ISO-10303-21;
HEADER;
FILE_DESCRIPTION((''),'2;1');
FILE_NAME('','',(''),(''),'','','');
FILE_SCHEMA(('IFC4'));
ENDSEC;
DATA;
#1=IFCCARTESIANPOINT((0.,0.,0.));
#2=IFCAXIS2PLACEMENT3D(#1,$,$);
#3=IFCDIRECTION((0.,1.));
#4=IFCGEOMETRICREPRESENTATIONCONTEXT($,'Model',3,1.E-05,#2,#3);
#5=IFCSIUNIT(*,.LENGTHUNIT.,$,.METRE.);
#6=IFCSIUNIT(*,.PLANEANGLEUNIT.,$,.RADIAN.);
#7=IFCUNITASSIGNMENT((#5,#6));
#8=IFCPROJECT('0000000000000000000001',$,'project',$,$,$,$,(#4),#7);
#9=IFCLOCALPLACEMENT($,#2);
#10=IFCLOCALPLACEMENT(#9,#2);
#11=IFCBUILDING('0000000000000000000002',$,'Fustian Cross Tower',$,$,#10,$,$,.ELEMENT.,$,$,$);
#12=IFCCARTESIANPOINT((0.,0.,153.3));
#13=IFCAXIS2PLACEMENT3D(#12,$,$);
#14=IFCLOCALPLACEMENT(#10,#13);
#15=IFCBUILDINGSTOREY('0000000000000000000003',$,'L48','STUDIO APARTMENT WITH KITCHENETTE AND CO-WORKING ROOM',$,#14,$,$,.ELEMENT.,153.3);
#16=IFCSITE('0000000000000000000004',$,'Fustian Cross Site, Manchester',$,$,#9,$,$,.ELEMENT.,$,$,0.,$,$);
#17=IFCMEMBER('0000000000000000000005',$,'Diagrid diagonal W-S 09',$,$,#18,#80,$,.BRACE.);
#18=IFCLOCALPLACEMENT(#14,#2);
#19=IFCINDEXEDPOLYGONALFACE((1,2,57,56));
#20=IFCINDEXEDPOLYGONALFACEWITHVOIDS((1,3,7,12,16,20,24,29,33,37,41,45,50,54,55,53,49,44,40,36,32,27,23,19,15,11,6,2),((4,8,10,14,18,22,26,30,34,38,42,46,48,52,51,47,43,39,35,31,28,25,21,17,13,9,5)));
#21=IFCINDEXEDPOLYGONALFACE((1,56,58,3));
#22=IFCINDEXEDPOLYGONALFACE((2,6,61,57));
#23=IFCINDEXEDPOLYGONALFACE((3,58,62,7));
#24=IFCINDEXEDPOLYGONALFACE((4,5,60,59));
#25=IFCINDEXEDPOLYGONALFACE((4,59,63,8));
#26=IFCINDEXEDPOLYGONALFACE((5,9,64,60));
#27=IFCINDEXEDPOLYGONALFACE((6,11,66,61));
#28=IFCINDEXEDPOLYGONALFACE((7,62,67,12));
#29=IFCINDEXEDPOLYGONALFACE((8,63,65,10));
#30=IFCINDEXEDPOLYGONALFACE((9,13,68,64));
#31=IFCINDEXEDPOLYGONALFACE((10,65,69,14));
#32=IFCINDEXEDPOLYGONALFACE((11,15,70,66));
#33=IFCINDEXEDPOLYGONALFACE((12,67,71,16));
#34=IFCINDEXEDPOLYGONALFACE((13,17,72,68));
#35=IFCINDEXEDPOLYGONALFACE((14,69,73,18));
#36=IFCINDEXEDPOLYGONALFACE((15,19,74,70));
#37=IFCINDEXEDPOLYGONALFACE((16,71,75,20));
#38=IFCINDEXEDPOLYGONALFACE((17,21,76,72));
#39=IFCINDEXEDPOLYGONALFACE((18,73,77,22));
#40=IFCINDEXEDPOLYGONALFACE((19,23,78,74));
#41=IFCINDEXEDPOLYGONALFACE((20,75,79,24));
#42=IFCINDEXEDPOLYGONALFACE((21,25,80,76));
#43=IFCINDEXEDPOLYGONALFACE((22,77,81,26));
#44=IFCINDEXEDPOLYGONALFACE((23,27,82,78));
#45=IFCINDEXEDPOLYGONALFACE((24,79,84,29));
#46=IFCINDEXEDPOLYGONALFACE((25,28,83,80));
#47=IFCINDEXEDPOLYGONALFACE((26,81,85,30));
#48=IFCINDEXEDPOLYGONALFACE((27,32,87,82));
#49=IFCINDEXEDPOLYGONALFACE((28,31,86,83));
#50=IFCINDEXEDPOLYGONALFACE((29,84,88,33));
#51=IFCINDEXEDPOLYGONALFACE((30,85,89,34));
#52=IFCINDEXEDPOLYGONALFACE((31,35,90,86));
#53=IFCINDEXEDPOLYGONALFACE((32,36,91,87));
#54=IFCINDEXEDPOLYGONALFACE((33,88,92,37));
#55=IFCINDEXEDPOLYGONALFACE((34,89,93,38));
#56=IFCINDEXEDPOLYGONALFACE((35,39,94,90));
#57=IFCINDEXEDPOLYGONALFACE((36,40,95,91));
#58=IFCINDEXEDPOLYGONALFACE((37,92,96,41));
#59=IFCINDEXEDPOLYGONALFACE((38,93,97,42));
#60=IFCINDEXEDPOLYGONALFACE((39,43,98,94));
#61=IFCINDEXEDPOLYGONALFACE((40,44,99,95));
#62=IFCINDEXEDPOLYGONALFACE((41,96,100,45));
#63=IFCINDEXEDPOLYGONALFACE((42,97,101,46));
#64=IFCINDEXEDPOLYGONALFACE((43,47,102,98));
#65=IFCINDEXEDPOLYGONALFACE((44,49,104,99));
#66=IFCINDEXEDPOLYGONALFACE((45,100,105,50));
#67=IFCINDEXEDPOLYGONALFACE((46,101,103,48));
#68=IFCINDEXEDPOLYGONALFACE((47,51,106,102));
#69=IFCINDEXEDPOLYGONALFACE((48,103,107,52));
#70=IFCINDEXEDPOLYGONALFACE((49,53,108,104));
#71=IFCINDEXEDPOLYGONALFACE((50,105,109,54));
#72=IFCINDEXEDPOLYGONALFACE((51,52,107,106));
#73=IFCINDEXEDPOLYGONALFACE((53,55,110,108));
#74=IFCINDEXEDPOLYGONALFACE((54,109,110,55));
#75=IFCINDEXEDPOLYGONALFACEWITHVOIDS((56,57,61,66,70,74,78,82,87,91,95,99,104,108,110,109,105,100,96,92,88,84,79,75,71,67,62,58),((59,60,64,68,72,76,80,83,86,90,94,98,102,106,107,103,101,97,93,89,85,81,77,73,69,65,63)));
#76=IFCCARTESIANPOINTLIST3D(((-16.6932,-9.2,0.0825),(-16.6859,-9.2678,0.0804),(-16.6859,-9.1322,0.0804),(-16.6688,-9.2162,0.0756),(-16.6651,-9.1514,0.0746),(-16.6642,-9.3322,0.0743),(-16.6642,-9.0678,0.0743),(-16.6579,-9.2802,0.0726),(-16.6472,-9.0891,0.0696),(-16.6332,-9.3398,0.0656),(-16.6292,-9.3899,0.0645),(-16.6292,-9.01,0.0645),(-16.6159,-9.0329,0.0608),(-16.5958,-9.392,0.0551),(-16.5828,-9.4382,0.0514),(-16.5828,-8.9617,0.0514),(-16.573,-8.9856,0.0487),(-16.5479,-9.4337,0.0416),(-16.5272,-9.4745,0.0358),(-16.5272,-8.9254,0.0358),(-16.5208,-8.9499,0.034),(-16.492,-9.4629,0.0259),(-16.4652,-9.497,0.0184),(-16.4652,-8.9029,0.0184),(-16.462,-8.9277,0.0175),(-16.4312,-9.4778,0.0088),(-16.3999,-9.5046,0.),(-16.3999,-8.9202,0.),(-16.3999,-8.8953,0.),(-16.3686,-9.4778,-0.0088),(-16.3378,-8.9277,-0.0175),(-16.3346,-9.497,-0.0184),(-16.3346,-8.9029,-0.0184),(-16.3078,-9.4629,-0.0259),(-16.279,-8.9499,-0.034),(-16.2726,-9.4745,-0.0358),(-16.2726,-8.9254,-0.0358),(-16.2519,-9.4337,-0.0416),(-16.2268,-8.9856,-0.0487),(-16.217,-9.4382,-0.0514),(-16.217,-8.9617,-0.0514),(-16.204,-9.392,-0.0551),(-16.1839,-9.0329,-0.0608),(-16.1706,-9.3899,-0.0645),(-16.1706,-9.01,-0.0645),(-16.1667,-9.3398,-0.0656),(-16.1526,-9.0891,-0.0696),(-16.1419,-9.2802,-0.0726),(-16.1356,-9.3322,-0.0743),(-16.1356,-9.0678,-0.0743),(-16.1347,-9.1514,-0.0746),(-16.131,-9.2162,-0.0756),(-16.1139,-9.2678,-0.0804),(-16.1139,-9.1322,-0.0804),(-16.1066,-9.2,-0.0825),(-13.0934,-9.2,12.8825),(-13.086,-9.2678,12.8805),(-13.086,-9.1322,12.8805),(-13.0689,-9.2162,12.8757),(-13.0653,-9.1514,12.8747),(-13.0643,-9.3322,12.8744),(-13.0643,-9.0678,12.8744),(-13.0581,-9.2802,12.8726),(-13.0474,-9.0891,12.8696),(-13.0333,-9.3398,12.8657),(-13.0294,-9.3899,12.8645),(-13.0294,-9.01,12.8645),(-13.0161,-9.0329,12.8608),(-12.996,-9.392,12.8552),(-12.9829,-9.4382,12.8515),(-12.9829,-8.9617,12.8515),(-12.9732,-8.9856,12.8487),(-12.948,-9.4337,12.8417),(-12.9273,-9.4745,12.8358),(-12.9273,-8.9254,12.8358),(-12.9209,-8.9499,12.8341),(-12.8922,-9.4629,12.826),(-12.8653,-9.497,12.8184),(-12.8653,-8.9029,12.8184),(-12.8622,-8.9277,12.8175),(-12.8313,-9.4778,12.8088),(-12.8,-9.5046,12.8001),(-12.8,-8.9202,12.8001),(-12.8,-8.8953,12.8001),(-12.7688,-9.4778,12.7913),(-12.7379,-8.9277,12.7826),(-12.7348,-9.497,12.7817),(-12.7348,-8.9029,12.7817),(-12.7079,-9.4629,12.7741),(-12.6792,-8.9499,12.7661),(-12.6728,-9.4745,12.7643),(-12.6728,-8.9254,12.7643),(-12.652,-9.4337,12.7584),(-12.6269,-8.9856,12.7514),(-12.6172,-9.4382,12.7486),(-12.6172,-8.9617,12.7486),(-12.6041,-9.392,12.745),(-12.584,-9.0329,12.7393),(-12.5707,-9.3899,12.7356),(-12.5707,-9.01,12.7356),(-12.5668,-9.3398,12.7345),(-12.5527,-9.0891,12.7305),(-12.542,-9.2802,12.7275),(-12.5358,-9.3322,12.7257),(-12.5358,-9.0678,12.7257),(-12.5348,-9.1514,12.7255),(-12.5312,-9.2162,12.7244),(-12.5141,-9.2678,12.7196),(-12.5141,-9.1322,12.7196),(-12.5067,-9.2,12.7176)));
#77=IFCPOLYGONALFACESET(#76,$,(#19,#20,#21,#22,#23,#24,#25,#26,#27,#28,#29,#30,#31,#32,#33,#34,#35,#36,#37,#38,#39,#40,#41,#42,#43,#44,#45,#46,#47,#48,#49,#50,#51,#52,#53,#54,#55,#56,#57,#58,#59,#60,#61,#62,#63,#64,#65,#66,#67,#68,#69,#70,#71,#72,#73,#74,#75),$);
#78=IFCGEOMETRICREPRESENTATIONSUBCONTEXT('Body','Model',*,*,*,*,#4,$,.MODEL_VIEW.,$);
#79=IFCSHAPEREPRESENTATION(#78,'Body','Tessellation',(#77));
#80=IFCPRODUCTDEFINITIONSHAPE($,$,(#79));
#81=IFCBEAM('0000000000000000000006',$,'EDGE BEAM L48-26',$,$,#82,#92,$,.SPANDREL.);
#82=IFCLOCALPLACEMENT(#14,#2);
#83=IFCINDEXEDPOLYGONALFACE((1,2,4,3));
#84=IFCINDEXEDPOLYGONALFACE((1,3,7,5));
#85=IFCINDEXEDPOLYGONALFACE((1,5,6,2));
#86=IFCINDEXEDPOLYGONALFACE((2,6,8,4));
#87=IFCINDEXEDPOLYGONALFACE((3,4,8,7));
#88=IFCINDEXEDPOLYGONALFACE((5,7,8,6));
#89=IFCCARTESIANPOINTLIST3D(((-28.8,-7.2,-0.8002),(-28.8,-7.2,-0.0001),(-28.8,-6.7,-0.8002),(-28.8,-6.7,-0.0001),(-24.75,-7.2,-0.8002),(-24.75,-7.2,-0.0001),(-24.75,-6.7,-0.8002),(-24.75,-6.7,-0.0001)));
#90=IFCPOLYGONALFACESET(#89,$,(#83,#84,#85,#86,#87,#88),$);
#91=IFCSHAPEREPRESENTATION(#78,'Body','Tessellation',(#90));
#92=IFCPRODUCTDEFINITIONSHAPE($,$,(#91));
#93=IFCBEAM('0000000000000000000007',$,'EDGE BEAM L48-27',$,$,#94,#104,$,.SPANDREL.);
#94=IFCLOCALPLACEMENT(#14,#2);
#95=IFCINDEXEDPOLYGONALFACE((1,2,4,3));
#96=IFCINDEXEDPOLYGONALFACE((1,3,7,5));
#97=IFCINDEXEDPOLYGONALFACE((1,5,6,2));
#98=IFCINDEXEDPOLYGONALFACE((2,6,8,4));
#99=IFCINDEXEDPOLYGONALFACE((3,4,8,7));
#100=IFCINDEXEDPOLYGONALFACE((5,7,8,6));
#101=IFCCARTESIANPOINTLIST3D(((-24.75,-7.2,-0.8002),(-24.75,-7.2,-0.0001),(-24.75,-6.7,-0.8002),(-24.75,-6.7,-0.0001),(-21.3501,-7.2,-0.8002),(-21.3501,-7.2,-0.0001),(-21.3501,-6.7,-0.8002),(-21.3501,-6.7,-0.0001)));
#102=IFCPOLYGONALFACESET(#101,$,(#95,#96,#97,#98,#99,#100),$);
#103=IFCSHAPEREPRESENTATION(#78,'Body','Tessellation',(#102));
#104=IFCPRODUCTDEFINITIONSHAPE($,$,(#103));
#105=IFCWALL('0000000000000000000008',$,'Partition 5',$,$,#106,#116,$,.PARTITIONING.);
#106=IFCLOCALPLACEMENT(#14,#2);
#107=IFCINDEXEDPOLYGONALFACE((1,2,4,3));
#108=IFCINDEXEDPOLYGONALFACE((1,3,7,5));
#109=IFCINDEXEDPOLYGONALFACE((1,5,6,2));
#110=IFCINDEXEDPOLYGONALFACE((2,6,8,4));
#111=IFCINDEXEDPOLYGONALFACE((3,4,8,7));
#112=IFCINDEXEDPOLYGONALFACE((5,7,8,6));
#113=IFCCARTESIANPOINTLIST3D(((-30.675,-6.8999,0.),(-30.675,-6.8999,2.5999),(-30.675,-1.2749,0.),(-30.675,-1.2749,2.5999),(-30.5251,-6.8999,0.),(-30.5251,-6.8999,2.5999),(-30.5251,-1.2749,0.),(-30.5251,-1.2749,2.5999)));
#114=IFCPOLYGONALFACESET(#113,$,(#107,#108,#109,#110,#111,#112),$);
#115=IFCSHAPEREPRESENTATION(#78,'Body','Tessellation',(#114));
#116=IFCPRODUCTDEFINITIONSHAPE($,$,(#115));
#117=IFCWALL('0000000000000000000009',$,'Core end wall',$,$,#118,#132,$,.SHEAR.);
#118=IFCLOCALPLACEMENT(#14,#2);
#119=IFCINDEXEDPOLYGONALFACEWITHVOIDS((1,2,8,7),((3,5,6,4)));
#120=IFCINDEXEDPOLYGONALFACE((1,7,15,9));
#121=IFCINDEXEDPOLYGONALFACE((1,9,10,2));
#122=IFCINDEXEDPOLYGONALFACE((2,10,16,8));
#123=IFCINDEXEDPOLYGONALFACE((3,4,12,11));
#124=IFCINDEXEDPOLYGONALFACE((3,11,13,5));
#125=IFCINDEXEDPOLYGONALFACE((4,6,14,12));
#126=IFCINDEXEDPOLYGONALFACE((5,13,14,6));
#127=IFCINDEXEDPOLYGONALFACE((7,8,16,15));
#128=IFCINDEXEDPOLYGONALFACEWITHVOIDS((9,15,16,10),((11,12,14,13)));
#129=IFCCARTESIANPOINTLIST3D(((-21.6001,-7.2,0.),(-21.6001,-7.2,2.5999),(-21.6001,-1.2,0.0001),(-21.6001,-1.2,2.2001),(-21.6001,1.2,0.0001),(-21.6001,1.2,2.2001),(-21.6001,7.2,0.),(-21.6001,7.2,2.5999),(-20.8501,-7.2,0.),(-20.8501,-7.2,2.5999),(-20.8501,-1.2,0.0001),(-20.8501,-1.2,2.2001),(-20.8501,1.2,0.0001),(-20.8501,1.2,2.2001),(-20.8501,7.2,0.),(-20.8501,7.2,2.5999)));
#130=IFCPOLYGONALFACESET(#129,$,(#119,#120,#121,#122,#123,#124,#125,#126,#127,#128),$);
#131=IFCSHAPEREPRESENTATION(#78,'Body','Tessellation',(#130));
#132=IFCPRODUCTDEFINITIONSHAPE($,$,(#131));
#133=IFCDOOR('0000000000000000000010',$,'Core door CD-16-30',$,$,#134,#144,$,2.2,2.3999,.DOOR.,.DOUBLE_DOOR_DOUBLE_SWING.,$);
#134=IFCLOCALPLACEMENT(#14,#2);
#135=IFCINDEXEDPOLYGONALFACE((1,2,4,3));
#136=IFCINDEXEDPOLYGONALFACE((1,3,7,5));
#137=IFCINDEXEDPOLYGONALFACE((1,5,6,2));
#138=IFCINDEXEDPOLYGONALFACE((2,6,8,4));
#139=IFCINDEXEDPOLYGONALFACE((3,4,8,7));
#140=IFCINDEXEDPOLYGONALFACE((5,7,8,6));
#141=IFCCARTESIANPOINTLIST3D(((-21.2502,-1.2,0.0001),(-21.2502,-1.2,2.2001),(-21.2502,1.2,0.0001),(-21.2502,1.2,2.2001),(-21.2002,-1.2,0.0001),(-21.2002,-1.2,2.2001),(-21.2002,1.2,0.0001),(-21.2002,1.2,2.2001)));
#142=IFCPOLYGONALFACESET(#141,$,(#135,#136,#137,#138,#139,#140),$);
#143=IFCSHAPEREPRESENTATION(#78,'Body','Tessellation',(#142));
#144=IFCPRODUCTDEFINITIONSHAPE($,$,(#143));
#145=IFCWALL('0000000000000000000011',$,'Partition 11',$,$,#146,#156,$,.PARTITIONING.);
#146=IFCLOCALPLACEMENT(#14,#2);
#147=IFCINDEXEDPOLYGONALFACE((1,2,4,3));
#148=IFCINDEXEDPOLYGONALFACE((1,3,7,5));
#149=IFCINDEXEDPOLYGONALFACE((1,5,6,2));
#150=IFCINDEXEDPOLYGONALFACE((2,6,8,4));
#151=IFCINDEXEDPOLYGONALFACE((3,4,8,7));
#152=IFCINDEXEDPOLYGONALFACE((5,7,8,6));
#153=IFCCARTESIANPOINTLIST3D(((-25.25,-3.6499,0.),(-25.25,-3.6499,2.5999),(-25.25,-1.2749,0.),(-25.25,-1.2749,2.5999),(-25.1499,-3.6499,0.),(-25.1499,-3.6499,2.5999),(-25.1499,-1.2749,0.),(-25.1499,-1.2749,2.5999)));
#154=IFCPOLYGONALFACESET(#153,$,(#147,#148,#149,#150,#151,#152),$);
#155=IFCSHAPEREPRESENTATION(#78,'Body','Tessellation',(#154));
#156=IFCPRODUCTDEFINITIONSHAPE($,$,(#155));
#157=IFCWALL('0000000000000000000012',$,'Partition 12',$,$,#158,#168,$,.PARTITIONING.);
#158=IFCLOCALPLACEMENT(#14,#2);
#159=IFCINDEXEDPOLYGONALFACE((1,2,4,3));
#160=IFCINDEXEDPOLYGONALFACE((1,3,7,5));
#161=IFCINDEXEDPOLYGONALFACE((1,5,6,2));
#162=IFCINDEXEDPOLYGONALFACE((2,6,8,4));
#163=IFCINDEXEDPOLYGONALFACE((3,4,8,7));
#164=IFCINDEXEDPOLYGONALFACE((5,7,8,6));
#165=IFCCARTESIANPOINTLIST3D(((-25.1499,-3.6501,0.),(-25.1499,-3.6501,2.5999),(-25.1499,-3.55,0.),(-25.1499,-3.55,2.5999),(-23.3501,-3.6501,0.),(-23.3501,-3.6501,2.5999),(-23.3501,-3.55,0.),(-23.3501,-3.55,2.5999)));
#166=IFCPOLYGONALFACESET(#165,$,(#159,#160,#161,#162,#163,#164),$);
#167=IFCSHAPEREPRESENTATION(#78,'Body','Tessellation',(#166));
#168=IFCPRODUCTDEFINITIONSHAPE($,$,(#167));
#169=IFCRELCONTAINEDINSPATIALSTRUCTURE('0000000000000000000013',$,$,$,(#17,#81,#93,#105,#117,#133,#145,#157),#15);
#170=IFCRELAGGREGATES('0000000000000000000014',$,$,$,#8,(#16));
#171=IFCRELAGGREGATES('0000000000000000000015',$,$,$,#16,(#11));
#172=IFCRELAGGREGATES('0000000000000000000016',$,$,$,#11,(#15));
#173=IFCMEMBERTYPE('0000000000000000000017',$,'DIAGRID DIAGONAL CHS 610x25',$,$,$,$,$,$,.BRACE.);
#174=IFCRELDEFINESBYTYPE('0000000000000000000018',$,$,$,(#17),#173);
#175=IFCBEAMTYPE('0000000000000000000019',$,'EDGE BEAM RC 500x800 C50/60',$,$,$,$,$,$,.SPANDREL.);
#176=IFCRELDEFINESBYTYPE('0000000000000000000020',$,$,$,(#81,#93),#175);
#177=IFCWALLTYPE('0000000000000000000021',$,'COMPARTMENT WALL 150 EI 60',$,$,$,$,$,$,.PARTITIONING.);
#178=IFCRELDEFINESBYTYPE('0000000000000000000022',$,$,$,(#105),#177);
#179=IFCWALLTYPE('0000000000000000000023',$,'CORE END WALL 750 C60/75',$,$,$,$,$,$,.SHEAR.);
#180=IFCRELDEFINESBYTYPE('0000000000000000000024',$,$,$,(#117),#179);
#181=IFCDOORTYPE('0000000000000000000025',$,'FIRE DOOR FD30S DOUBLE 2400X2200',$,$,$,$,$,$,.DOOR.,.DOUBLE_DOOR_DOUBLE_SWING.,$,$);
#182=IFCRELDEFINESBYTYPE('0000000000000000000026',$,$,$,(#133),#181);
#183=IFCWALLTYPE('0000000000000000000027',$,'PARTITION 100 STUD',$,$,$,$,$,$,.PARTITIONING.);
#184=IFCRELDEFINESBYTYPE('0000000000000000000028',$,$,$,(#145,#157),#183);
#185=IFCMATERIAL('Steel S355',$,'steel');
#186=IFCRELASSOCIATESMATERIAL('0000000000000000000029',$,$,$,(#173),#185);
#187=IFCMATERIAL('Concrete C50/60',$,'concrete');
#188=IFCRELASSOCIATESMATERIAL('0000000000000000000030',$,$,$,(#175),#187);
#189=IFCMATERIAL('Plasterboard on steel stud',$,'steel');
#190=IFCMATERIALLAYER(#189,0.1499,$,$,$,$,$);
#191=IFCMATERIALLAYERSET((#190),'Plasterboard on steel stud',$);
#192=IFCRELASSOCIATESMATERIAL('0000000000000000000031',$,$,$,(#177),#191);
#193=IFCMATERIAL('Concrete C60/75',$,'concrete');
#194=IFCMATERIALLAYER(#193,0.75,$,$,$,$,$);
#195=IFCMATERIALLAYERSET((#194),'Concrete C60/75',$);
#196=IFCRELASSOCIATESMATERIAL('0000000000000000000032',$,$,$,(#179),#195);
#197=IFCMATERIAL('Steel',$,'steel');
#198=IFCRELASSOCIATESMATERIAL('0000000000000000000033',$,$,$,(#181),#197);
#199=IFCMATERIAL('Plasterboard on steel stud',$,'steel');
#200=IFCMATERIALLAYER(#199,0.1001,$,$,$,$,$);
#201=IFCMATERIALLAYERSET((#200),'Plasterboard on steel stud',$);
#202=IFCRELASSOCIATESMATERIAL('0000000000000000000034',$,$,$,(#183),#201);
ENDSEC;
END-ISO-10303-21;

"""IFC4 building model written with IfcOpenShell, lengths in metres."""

from ifc_helpers import new_model, si_unit, direction, frame, frame_2d, origin, origin_2d, place, context, subcontext, project, spatial, rectangle, hollow_circle, extrude, material, layer, layer_set, material_profile, profile_set, type_object, element, fill, save


model = new_model("IFC4")

# Units and contexts
model_context = context("Model", 3, precision=1e-05, world=origin(), true_north=direction((0.0, 1.0)))
body_context = subcontext(model_context, "Body", "Model", "MODEL_VIEW")
ifc_project = project(units=[si_unit("LENGTHUNIT", "METRE"), si_unit("PLANEANGLEUNIT", "RADIAN")], contexts=[model_context])

# Site, building, storey
site_placement = place(None, origin())
site = spatial("IfcSite", under=ifc_project, at=site_placement, Name="Fustian Cross Site, Manchester", CompositionType="ELEMENT", RefElevation=0.0)
building_placement = place(site_placement, origin())
building = spatial("IfcBuilding", under=site, at=building_placement, Name="Fustian Cross Tower", CompositionType="ELEMENT")
storey_placement = place(building_placement, frame((0.0, 0.0, 153.3)))
storey = spatial("IfcBuildingStorey", under=building, at=storey_placement, Name="L48", Description="STUDIO APARTMENT WITH KITCHENETTE AND CO-WORKING ROOM", CompositionType="ELEMENT", Elevation=153.3)

# Member
ifc_material_1 = material(Name="Steel S355", Category="steel")
ifc_material_profile_1 = material_profile(ifc_material_1, hollow_circle(Radius=0.3047, WallThickness=0.0249, at=origin_2d()), Name="CHS 610x25")
ifc_profile_set_1 = profile_set([ifc_material_profile_1], Name="Steel S355")
member_type = type_object("IfcMemberType", Name="DIAGRID DIAGONAL CHS 610x25", PredefinedType="BRACE", material=ifc_profile_set_1)
for number, where, z_axis, x_axis, name in (
    (1, (-16.3999, -9.2, 0.0), (0.270734, 0.0, 0.962654), (0.0, 1.0, 0.0), "Diagrid diagonal W-S 09"),
):
    element("IfcMember", number, at=place(storey_placement, frame(where, z_axis=z_axis, x_axis=x_axis)), inside=storey, type_object=member_type, Name=name, PredefinedType="BRACE", context=body_context, shape_type="SweptSolid", body=[
        extrude(hollow_circle(Radius=0.3047, WallThickness=0.0249, at=origin_2d()), origin(), (0.0, 0.0, 1.0), 13.2966),
    ])

# Beams
ifc_material_2 = material(Name="Concrete C50/60", Category="concrete")
ifc_material_profile_2 = material_profile(ifc_material_2, rectangle(XDim=0.5, YDim=0.8, at=origin_2d()), Name="RC 500x800")
ifc_profile_set_2 = profile_set([ifc_material_profile_2], Name="Concrete C50/60")
beam_type = type_object("IfcBeamType", Name="EDGE BEAM RC 500x800 C50/60", PredefinedType="SPANDREL", material=ifc_profile_set_2)
beam_1_placement = place(storey_placement, frame((-28.8, -6.95, -0.4001), z_axis=(1.0, 0.0, 0.0), x_axis=(0.0, 1.0, 0.0)))
element("IfcBeam", 2, at=beam_1_placement, inside=storey, type_object=beam_type, Name="EDGE BEAM L48-26", PredefinedType="SPANDREL", context=body_context, shape_type="SweptSolid", body=[
    extrude(rectangle(XDim=0.5, YDim=0.8, at=origin_2d()), origin(), (0.0, 0.0, 1.0), 4.05),
])
beam_2_placement = place(storey_placement, frame((-24.75, -6.95, -0.4001), z_axis=(1.0, 0.0, 0.0), x_axis=(0.0, 1.0, 0.0)))
element("IfcBeam", 3, at=beam_2_placement, inside=storey, type_object=beam_type, Name="EDGE BEAM L48-27", PredefinedType="SPANDREL", context=body_context, shape_type="SweptSolid", body=[
    extrude(rectangle(XDim=0.5, YDim=0.8, at=origin_2d()), origin(), (0.0, 0.0, 1.0), 3.3999),
])

# Wall
ifc_material_3 = material(Name="Plasterboard on steel stud", Category="steel")
ifc_layer_1 = layer(ifc_material_3, 0.1499)
ifc_layer_set_1 = layer_set([ifc_layer_1], Name="Plasterboard on steel stud")
wall_type_1 = type_object("IfcWallType", Name="COMPARTMENT WALL 150 EI 60", PredefinedType="PARTITIONING", material=ifc_layer_set_1)
wall_1_placement = place(storey_placement, frame((-30.6001, -6.8999, 0.0), z_axis=(0.0, 0.0, 1.0), x_axis=(0.0, 1.0, 0.0)))
element("IfcWall", 4, at=wall_1_placement, inside=storey, type_object=wall_type_1, Name="Partition 5", PredefinedType="PARTITIONING", context=body_context, shape_type="SweptSolid", body=[
    extrude(rectangle(XDim=5.625, YDim=0.1499, at=frame_2d((2.8125, 0.0))), origin(), (0.0, 0.0, 1.0), 2.5999),
])

# Wall, opening, door
ifc_material_4 = material(Name="Concrete C60/75", Category="concrete")
ifc_layer_2 = layer(ifc_material_4, 0.75)
ifc_layer_set_2 = layer_set([ifc_layer_2], Name="Concrete C60/75")
wall_type_2 = type_object("IfcWallType", Name="CORE END WALL 750 C60/75", PredefinedType="SHEAR", material=ifc_layer_set_2)
wall_2_placement = place(storey_placement, frame((-21.2251, -7.2, 0.0), z_axis=(0.0, 0.0, 1.0), x_axis=(0.0, 1.0, 0.0)))
wall_2 = element("IfcWall", 5, at=wall_2_placement, inside=storey, type_object=wall_type_2, Name="Core end wall", PredefinedType="SHEAR", context=body_context, shape_type="SweptSolid", body=[
    extrude(rectangle(XDim=14.3999, YDim=0.75, at=frame_2d((7.2, 0.0))), origin(), (0.0, 0.0, 1.0), 2.5999),
])
opening_1_placement = place(wall_2_placement, frame((6.0, 0.0, 0.0)))
opening_1 = element("IfcOpeningElement", 6, at=opening_1_placement, cuts=wall_2, PredefinedType="OPENING", context=body_context, shape_type="SweptSolid", body=[
    extrude(rectangle(XDim=2.3999, YDim=2.2, at=frame_2d((1.2, 1.1001))), frame((0.0, 0.385, 0.0), z_axis=(0.0, -1.0, 0.0), x_axis=(1.0, 0.0, 0.0)), (0.0, 0.0, 1.0), 0.77),
])
ifc_material_5 = material(Name="Steel", Category="steel")
door_type_1 = type_object("IfcDoorType", Name="FIRE DOOR FD30S DOUBLE 2400X2200", OperationType="DOUBLE_DOOR_DOUBLE_SWING", PredefinedType="DOOR", material=ifc_material_5)
door_1_placement = place(opening_1_placement, frame((2.3999, 0.0, 0.0), z_axis=(0.0, 0.0, 1.0), x_axis=(-1.0, 0.0, 0.0)))
door_1 = element("IfcDoor", 7, at=door_1_placement, inside=storey, type_object=door_type_1, Name="Core door CD-16-30", OperationType="DOUBLE_DOOR_DOUBLE_SWING", OverallHeight=2.2, OverallWidth=2.3999, PredefinedType="DOOR", context=body_context, shape_type="SweptSolid", body=[
    extrude(rectangle(XDim=2.3999, YDim=2.2, at=frame_2d((1.2, 1.1001))), frame((0.0, 0.0249, 0.0), z_axis=(0.0, -1.0, 0.0), x_axis=(1.0, 0.0, 0.0)), (0.0, 0.0, 1.0), 0.05),
])
fill(opening_1, door_1)

# Walls
ifc_material_6 = material(Name="Plasterboard on steel stud", Category="steel")
ifc_layer_3 = layer(ifc_material_6, 0.1001)
ifc_layer_set_3 = layer_set([ifc_layer_3], Name="Plasterboard on steel stud")
wall_type_3 = type_object("IfcWallType", Name="PARTITION 100 STUD", PredefinedType="PARTITIONING", material=ifc_layer_set_3)
wall_3_placement = place(storey_placement, frame((-25.2, -3.6499, 0.0), z_axis=(0.0, 0.0, 1.0), x_axis=(0.0, 1.0, 0.0)))
element("IfcWall", 8, at=wall_3_placement, inside=storey, type_object=wall_type_3, Name="Partition 11", PredefinedType="PARTITIONING", context=body_context, shape_type="SweptSolid", body=[
    extrude(rectangle(XDim=2.375, YDim=0.1001, at=frame_2d((1.1875, 0.0))), origin(), (0.0, 0.0, 1.0), 2.5999),
])
wall_4_placement = place(storey_placement, frame((-25.1499, -3.6001, 0.0), z_axis=(0.0, 0.0, 1.0), x_axis=(1.0, 0.0, 0.0)))
element("IfcWall", 9, at=wall_4_placement, inside=storey, type_object=wall_type_3, Name="Partition 12", PredefinedType="PARTITIONING", context=body_context, shape_type="SweptSolid", body=[
    extrude(rectangle(XDim=1.7998, YDim=0.1001, at=frame_2d((0.8999, 0.0))), origin(), (0.0, 0.0, 1.0), 2.5999),
])

save(model, "model.ifc")
